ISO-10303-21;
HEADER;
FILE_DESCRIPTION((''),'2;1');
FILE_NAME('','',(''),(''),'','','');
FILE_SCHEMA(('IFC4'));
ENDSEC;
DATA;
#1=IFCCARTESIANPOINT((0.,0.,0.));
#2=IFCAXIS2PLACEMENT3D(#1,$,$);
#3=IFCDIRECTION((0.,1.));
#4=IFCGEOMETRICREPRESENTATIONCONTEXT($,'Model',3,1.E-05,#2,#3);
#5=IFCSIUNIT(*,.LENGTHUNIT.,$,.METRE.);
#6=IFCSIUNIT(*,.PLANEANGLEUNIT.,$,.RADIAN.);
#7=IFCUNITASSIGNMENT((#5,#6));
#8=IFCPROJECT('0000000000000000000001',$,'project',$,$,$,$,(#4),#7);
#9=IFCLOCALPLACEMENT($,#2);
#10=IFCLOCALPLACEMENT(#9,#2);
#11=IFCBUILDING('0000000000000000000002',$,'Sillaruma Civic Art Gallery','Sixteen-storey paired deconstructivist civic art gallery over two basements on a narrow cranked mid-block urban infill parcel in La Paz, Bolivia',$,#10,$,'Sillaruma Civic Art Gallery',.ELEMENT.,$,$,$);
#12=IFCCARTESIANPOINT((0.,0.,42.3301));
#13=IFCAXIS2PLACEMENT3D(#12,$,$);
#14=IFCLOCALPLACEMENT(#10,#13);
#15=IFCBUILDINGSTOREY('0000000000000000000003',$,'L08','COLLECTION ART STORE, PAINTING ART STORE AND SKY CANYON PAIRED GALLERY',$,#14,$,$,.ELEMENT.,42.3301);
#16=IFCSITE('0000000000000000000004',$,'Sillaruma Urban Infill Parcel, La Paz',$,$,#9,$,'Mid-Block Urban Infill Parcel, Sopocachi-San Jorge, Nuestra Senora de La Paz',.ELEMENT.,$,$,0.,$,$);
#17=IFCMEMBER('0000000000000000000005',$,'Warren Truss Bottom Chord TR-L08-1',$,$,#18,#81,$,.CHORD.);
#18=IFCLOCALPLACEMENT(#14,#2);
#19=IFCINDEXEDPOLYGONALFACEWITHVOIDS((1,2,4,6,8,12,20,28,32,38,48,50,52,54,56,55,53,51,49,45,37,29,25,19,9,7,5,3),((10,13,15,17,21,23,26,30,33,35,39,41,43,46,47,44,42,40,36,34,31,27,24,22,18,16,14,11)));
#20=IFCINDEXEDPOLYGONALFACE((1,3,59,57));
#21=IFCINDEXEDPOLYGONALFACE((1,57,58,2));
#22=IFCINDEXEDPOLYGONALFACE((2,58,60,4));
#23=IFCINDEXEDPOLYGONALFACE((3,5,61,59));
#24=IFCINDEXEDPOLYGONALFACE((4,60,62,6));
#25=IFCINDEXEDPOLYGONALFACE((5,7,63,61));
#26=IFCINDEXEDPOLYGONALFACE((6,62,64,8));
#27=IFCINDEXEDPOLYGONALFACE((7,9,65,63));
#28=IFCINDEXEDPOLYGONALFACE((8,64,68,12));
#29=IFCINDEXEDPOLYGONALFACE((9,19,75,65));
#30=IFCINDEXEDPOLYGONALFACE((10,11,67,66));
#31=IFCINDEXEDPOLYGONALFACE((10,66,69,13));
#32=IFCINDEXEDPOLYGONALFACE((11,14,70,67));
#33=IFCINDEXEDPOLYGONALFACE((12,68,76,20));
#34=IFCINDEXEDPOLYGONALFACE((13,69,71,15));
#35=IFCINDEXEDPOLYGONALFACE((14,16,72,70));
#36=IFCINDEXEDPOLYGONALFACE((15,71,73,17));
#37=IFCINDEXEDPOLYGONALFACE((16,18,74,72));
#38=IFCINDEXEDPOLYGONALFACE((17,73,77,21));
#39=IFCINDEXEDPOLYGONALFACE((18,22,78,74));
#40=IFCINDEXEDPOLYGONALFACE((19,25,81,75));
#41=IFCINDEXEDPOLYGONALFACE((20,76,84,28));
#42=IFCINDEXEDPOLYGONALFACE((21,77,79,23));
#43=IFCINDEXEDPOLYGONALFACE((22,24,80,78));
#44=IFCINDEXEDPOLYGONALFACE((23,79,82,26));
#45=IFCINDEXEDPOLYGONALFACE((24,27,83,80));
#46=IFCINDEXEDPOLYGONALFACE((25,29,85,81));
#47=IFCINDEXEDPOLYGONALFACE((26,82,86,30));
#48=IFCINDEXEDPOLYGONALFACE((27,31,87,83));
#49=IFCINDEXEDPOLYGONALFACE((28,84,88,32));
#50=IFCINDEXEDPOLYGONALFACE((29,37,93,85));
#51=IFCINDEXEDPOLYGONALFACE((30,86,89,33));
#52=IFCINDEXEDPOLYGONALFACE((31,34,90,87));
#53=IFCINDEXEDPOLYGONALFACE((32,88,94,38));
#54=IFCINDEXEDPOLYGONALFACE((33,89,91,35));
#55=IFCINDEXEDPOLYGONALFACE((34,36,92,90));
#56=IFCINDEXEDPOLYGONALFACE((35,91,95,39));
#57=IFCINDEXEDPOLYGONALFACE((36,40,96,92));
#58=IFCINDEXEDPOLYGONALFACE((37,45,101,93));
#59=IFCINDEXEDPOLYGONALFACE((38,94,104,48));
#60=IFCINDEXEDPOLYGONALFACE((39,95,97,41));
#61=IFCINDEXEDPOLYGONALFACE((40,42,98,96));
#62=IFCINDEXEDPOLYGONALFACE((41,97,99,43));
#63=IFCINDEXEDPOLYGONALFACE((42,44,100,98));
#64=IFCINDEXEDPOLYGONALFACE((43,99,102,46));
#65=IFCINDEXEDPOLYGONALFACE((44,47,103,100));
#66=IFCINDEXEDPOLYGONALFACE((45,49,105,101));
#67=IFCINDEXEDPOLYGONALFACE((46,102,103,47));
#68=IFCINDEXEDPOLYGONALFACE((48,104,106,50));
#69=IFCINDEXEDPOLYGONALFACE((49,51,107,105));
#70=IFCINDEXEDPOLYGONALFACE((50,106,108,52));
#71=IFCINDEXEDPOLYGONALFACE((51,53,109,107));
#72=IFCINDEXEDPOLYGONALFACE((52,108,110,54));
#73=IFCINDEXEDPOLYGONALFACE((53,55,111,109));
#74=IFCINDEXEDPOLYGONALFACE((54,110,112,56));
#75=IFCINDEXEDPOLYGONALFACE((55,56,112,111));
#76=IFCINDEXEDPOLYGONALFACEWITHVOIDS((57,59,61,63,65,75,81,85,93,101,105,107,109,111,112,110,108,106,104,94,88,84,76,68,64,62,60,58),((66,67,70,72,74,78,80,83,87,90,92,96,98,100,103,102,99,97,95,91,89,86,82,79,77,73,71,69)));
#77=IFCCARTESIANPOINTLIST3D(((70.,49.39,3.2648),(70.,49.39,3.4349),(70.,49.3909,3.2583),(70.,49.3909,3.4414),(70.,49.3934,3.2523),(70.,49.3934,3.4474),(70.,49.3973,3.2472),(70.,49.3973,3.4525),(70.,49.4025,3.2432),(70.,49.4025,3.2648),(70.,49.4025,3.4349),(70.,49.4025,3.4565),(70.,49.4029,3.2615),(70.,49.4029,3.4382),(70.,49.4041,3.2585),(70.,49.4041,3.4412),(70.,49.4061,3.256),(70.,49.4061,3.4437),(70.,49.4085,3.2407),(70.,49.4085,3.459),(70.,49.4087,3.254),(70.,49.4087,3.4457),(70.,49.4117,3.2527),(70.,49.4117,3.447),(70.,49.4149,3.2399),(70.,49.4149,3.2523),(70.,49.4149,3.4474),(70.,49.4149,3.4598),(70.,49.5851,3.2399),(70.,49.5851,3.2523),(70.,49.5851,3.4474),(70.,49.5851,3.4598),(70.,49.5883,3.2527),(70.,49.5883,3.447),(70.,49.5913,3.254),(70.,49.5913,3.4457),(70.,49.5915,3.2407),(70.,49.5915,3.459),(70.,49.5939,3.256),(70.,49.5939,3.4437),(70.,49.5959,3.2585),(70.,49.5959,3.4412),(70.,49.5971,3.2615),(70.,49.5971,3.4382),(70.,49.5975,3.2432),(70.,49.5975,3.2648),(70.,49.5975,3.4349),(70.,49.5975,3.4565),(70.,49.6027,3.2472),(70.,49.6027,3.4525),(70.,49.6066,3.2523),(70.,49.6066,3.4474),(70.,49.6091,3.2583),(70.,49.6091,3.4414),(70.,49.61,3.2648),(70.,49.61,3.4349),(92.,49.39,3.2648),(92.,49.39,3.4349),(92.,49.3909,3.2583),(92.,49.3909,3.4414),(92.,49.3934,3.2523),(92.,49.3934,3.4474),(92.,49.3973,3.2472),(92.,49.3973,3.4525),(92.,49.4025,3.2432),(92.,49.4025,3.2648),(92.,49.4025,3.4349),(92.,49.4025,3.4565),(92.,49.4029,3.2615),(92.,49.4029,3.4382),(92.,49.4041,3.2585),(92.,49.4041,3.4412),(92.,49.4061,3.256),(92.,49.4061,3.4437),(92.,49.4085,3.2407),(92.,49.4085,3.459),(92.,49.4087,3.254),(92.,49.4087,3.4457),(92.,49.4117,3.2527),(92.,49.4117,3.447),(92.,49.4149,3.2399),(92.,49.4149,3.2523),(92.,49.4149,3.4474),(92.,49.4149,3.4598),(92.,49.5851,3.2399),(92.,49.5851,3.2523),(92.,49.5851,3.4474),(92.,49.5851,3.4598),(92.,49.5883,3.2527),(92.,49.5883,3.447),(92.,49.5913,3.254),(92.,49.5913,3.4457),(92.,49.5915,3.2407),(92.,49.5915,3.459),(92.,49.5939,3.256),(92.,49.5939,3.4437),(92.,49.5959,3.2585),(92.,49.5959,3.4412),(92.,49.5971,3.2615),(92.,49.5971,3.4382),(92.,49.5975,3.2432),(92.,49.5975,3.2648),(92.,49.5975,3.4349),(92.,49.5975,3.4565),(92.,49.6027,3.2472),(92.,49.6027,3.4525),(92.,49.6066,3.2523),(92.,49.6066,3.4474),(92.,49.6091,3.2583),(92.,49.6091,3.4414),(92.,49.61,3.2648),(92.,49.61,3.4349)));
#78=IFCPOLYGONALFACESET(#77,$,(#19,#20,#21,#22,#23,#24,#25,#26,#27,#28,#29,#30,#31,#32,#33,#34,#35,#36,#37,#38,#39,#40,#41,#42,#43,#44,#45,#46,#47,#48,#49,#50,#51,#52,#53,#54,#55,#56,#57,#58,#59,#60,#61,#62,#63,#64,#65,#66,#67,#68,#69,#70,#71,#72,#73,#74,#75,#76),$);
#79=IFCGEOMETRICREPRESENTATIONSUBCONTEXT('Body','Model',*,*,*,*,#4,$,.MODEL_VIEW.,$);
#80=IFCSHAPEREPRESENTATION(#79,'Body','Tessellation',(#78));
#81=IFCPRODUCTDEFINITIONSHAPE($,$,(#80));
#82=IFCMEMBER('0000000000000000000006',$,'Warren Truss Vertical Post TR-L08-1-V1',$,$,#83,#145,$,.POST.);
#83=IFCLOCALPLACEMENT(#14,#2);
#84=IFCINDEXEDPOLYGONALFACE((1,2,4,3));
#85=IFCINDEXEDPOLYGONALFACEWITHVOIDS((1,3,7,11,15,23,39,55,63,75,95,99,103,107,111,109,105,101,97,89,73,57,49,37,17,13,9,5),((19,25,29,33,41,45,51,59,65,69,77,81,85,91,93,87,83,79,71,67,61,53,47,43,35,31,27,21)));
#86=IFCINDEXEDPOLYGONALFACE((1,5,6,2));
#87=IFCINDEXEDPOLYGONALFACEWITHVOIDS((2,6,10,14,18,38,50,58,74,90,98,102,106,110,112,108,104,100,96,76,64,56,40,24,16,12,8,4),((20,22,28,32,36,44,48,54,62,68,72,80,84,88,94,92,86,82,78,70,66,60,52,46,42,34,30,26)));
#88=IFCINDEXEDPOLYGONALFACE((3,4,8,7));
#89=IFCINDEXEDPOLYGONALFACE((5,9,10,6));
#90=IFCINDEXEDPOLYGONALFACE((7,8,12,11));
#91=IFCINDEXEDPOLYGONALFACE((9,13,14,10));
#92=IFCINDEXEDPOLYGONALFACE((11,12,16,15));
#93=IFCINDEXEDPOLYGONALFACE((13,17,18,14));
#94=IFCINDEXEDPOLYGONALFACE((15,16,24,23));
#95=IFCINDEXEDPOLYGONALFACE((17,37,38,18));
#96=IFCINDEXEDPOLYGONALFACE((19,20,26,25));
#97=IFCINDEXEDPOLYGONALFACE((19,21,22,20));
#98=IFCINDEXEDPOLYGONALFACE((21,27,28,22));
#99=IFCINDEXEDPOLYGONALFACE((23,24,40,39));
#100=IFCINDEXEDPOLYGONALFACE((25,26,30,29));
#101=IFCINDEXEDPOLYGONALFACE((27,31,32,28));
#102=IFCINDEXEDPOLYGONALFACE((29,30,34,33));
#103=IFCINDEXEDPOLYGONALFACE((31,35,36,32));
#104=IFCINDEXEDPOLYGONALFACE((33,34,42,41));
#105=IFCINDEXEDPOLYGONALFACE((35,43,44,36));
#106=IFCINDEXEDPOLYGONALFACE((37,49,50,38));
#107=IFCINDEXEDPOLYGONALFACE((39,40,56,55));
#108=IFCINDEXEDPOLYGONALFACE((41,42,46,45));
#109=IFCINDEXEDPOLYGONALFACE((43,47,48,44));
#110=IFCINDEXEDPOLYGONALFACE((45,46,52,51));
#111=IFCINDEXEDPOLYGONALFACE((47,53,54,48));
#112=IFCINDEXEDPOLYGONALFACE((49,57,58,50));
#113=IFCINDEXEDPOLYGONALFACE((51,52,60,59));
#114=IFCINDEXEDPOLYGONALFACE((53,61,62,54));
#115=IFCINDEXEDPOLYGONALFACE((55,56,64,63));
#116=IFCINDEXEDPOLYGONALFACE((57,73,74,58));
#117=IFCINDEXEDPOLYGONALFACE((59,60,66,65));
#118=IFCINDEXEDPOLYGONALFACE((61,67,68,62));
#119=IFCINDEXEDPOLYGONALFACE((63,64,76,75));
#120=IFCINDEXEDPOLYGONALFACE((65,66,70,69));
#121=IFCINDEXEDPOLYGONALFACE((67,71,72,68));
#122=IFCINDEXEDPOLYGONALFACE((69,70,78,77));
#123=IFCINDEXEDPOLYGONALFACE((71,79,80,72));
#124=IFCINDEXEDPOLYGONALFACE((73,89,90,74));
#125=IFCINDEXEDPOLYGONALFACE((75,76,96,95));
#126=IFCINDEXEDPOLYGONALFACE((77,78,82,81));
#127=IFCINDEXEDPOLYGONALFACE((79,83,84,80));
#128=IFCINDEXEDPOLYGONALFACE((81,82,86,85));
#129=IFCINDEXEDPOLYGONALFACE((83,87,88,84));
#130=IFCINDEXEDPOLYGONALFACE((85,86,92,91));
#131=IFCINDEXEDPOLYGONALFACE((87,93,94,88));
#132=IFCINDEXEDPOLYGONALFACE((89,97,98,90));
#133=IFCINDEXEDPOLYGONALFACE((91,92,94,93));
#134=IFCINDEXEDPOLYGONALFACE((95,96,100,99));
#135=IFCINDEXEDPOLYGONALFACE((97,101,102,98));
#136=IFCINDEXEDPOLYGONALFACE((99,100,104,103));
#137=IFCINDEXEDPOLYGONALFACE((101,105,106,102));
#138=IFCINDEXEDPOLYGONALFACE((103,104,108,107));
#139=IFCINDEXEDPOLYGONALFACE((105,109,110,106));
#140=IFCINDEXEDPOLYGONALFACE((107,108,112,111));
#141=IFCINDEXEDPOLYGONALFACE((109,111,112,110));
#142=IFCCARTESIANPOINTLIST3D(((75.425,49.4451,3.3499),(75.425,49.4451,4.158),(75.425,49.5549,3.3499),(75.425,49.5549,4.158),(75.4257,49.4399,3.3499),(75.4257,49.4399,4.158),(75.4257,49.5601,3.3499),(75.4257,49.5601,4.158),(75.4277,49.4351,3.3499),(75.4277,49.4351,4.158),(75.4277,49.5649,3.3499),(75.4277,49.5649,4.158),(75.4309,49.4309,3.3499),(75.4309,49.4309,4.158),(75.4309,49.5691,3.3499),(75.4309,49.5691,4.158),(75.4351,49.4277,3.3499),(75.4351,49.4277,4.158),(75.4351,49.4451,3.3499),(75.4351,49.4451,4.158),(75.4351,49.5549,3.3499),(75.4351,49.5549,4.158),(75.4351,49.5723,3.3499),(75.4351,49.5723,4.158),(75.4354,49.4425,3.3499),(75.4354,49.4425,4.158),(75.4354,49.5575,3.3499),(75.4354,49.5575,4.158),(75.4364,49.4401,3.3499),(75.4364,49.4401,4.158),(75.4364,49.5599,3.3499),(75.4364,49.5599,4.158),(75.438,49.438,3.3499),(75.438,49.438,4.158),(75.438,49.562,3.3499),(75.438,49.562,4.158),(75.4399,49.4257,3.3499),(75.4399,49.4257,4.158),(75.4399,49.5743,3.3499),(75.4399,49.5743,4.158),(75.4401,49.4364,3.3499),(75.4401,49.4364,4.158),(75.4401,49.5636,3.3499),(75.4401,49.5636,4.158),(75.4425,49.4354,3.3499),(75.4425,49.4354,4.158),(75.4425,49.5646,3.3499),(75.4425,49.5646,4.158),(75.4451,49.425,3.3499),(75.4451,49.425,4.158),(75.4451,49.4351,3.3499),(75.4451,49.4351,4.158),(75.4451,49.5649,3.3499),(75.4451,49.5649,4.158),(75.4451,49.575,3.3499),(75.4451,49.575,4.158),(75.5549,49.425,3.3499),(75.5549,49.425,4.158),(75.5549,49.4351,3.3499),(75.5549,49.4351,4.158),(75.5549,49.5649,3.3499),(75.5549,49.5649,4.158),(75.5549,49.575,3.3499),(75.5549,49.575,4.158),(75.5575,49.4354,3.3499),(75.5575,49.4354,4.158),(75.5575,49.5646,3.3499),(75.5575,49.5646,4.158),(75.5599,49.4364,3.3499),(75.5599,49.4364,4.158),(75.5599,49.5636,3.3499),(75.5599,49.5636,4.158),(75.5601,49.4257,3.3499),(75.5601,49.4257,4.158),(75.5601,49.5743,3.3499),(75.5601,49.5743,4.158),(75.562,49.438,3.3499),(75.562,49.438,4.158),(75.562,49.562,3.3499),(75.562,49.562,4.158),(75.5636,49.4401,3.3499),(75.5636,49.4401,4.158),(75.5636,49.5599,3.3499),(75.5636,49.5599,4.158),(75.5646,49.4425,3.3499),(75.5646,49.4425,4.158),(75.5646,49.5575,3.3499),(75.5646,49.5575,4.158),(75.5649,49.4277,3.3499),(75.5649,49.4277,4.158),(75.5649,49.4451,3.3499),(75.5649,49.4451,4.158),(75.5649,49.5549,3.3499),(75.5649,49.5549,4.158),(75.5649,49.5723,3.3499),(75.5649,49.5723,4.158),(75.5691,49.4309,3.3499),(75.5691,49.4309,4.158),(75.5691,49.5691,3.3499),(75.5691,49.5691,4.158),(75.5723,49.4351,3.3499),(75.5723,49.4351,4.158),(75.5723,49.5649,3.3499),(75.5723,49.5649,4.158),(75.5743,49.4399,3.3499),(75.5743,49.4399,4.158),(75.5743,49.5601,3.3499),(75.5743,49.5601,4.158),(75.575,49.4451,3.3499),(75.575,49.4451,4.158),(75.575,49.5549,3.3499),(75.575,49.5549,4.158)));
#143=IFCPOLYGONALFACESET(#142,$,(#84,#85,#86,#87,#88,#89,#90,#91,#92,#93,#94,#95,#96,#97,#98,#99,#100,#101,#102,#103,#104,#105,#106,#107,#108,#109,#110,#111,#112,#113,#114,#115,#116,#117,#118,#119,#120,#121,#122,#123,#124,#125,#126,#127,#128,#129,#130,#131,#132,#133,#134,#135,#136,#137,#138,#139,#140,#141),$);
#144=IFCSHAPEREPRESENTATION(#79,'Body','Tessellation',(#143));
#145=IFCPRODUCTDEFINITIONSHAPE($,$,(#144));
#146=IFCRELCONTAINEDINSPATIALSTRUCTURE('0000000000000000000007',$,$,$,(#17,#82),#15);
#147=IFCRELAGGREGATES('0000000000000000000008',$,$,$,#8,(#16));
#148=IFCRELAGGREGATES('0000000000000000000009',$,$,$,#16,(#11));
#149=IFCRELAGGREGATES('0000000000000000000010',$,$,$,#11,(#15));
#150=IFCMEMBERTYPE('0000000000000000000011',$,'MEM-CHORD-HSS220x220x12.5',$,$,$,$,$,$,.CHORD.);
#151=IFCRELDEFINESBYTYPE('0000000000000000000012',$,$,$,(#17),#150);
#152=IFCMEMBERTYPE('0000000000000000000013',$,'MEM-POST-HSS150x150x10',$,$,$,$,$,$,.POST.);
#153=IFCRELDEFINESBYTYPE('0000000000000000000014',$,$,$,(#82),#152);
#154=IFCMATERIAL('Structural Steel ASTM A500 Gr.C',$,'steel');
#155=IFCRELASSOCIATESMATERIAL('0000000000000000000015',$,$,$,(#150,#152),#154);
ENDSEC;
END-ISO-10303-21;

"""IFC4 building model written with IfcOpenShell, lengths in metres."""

from ifc_helpers import new_model, si_unit, direction, frame, origin, origin_2d, place, context, subcontext, project, spatial, hollow_rectangle, extrude, material, material_profile, profile_set, type_object, element, save


model = new_model("IFC4")

# Units and contexts
model_context = context("Model", 3, precision=1e-05, world=origin(), true_north=direction((0.0, 1.0)))
body_context = subcontext(model_context, "Body", "Model", "MODEL_VIEW")
ifc_project = project(units=[si_unit("LENGTHUNIT", "METRE"), si_unit("PLANEANGLEUNIT", "RADIAN")], contexts=[model_context])

# Site, building, storey
site_placement = place(None, origin())
site = spatial("IfcSite", under=ifc_project, at=site_placement, Name="Sillaruma Urban Infill Parcel, La Paz", LongName="Mid-Block Urban Infill Parcel, Sopocachi-San Jorge, Nuestra Senora de La Paz", CompositionType="ELEMENT", RefElevation=0.0)
building_placement = place(site_placement, origin())
building = spatial("IfcBuilding", under=site, at=building_placement, Name="Sillaruma Civic Art Gallery", Description="Sixteen-storey paired deconstructivist civic art gallery over two basements on a narrow cranked mid-block urban infill parcel in La Paz, Bolivia", LongName="Sillaruma Civic Art Gallery", CompositionType="ELEMENT")
storey_placement = place(building_placement, frame((0.0, 0.0, 42.3301)))
storey = spatial("IfcBuildingStorey", under=building, at=storey_placement, Name="L08", Description="COLLECTION ART STORE, PAINTING ART STORE AND SKY CANYON PAIRED GALLERY", CompositionType="ELEMENT", Elevation=42.3301)

# Members
ifc_material_1 = material(Name="Structural Steel ASTM A500 Gr.C", Category="steel")
ifc_material_profile_1 = material_profile(ifc_material_1, hollow_rectangle(XDim=0.22, YDim=0.22, WallThickness=0.0125, InnerFilletRadius=0.0125, OuterFilletRadius=0.0249, at=origin_2d()), Name="HSS220x220x12.5")
ifc_profile_set_1 = profile_set([ifc_material_profile_1], Name="Structural Steel ASTM A500 Gr.C")
member_type_1 = type_object("IfcMemberType", Name="MEM-CHORD-HSS220x220x12.5", PredefinedType="CHORD", material=ifc_profile_set_1)
member_placement = place(storey_placement, frame((70.0, 49.5, 3.3499), z_axis=(1.0, 0.0, 0.0), x_axis=(0.0, 1.0, 0.0)))
element("IfcMember", 1, at=member_placement, inside=storey, type_object=member_type_1, Name="Warren Truss Bottom Chord TR-L08-1", PredefinedType="CHORD", context=body_context, shape_type="SweptSolid", body=[
    extrude(hollow_rectangle(XDim=0.22, YDim=0.22, WallThickness=0.0125, InnerFilletRadius=0.0125, OuterFilletRadius=0.0249, at=origin_2d()), origin(), (0.0, 0.0, 1.0), 22.0),
])
ifc_material_profile_2 = material_profile(ifc_material_1, hollow_rectangle(XDim=0.1499, YDim=0.1499, WallThickness=0.01, InnerFilletRadius=0.01, OuterFilletRadius=0.02, at=origin_2d()), Name="HSS150x150x10")
ifc_profile_set_2 = profile_set([ifc_material_profile_2], Name="Structural Steel ASTM A500 Gr.C")
member_type_2 = type_object("IfcMemberType", Name="MEM-POST-HSS150x150x10", PredefinedType="POST", material=ifc_profile_set_2)
for number, where, z_axis, x_axis, name in (
    (2, (75.5, 49.5, 3.3499), (0.0, 0.0, 1.0), (1.0, 0.0, 0.0), "Warren Truss Vertical Post TR-L08-1-V1"),
):
    element("IfcMember", number, at=place(storey_placement, frame(where, z_axis=z_axis, x_axis=x_axis)), inside=storey, type_object=member_type_2, Name=name, PredefinedType="POST", context=body_context, shape_type="SweptSolid", body=[
        extrude(hollow_rectangle(XDim=0.1499, YDim=0.1499, WallThickness=0.01, InnerFilletRadius=0.01, OuterFilletRadius=0.02, at=origin_2d()), origin(), (0.0, 0.0, 1.0), 0.8081),
    ])

save(model, "model.ifc")
